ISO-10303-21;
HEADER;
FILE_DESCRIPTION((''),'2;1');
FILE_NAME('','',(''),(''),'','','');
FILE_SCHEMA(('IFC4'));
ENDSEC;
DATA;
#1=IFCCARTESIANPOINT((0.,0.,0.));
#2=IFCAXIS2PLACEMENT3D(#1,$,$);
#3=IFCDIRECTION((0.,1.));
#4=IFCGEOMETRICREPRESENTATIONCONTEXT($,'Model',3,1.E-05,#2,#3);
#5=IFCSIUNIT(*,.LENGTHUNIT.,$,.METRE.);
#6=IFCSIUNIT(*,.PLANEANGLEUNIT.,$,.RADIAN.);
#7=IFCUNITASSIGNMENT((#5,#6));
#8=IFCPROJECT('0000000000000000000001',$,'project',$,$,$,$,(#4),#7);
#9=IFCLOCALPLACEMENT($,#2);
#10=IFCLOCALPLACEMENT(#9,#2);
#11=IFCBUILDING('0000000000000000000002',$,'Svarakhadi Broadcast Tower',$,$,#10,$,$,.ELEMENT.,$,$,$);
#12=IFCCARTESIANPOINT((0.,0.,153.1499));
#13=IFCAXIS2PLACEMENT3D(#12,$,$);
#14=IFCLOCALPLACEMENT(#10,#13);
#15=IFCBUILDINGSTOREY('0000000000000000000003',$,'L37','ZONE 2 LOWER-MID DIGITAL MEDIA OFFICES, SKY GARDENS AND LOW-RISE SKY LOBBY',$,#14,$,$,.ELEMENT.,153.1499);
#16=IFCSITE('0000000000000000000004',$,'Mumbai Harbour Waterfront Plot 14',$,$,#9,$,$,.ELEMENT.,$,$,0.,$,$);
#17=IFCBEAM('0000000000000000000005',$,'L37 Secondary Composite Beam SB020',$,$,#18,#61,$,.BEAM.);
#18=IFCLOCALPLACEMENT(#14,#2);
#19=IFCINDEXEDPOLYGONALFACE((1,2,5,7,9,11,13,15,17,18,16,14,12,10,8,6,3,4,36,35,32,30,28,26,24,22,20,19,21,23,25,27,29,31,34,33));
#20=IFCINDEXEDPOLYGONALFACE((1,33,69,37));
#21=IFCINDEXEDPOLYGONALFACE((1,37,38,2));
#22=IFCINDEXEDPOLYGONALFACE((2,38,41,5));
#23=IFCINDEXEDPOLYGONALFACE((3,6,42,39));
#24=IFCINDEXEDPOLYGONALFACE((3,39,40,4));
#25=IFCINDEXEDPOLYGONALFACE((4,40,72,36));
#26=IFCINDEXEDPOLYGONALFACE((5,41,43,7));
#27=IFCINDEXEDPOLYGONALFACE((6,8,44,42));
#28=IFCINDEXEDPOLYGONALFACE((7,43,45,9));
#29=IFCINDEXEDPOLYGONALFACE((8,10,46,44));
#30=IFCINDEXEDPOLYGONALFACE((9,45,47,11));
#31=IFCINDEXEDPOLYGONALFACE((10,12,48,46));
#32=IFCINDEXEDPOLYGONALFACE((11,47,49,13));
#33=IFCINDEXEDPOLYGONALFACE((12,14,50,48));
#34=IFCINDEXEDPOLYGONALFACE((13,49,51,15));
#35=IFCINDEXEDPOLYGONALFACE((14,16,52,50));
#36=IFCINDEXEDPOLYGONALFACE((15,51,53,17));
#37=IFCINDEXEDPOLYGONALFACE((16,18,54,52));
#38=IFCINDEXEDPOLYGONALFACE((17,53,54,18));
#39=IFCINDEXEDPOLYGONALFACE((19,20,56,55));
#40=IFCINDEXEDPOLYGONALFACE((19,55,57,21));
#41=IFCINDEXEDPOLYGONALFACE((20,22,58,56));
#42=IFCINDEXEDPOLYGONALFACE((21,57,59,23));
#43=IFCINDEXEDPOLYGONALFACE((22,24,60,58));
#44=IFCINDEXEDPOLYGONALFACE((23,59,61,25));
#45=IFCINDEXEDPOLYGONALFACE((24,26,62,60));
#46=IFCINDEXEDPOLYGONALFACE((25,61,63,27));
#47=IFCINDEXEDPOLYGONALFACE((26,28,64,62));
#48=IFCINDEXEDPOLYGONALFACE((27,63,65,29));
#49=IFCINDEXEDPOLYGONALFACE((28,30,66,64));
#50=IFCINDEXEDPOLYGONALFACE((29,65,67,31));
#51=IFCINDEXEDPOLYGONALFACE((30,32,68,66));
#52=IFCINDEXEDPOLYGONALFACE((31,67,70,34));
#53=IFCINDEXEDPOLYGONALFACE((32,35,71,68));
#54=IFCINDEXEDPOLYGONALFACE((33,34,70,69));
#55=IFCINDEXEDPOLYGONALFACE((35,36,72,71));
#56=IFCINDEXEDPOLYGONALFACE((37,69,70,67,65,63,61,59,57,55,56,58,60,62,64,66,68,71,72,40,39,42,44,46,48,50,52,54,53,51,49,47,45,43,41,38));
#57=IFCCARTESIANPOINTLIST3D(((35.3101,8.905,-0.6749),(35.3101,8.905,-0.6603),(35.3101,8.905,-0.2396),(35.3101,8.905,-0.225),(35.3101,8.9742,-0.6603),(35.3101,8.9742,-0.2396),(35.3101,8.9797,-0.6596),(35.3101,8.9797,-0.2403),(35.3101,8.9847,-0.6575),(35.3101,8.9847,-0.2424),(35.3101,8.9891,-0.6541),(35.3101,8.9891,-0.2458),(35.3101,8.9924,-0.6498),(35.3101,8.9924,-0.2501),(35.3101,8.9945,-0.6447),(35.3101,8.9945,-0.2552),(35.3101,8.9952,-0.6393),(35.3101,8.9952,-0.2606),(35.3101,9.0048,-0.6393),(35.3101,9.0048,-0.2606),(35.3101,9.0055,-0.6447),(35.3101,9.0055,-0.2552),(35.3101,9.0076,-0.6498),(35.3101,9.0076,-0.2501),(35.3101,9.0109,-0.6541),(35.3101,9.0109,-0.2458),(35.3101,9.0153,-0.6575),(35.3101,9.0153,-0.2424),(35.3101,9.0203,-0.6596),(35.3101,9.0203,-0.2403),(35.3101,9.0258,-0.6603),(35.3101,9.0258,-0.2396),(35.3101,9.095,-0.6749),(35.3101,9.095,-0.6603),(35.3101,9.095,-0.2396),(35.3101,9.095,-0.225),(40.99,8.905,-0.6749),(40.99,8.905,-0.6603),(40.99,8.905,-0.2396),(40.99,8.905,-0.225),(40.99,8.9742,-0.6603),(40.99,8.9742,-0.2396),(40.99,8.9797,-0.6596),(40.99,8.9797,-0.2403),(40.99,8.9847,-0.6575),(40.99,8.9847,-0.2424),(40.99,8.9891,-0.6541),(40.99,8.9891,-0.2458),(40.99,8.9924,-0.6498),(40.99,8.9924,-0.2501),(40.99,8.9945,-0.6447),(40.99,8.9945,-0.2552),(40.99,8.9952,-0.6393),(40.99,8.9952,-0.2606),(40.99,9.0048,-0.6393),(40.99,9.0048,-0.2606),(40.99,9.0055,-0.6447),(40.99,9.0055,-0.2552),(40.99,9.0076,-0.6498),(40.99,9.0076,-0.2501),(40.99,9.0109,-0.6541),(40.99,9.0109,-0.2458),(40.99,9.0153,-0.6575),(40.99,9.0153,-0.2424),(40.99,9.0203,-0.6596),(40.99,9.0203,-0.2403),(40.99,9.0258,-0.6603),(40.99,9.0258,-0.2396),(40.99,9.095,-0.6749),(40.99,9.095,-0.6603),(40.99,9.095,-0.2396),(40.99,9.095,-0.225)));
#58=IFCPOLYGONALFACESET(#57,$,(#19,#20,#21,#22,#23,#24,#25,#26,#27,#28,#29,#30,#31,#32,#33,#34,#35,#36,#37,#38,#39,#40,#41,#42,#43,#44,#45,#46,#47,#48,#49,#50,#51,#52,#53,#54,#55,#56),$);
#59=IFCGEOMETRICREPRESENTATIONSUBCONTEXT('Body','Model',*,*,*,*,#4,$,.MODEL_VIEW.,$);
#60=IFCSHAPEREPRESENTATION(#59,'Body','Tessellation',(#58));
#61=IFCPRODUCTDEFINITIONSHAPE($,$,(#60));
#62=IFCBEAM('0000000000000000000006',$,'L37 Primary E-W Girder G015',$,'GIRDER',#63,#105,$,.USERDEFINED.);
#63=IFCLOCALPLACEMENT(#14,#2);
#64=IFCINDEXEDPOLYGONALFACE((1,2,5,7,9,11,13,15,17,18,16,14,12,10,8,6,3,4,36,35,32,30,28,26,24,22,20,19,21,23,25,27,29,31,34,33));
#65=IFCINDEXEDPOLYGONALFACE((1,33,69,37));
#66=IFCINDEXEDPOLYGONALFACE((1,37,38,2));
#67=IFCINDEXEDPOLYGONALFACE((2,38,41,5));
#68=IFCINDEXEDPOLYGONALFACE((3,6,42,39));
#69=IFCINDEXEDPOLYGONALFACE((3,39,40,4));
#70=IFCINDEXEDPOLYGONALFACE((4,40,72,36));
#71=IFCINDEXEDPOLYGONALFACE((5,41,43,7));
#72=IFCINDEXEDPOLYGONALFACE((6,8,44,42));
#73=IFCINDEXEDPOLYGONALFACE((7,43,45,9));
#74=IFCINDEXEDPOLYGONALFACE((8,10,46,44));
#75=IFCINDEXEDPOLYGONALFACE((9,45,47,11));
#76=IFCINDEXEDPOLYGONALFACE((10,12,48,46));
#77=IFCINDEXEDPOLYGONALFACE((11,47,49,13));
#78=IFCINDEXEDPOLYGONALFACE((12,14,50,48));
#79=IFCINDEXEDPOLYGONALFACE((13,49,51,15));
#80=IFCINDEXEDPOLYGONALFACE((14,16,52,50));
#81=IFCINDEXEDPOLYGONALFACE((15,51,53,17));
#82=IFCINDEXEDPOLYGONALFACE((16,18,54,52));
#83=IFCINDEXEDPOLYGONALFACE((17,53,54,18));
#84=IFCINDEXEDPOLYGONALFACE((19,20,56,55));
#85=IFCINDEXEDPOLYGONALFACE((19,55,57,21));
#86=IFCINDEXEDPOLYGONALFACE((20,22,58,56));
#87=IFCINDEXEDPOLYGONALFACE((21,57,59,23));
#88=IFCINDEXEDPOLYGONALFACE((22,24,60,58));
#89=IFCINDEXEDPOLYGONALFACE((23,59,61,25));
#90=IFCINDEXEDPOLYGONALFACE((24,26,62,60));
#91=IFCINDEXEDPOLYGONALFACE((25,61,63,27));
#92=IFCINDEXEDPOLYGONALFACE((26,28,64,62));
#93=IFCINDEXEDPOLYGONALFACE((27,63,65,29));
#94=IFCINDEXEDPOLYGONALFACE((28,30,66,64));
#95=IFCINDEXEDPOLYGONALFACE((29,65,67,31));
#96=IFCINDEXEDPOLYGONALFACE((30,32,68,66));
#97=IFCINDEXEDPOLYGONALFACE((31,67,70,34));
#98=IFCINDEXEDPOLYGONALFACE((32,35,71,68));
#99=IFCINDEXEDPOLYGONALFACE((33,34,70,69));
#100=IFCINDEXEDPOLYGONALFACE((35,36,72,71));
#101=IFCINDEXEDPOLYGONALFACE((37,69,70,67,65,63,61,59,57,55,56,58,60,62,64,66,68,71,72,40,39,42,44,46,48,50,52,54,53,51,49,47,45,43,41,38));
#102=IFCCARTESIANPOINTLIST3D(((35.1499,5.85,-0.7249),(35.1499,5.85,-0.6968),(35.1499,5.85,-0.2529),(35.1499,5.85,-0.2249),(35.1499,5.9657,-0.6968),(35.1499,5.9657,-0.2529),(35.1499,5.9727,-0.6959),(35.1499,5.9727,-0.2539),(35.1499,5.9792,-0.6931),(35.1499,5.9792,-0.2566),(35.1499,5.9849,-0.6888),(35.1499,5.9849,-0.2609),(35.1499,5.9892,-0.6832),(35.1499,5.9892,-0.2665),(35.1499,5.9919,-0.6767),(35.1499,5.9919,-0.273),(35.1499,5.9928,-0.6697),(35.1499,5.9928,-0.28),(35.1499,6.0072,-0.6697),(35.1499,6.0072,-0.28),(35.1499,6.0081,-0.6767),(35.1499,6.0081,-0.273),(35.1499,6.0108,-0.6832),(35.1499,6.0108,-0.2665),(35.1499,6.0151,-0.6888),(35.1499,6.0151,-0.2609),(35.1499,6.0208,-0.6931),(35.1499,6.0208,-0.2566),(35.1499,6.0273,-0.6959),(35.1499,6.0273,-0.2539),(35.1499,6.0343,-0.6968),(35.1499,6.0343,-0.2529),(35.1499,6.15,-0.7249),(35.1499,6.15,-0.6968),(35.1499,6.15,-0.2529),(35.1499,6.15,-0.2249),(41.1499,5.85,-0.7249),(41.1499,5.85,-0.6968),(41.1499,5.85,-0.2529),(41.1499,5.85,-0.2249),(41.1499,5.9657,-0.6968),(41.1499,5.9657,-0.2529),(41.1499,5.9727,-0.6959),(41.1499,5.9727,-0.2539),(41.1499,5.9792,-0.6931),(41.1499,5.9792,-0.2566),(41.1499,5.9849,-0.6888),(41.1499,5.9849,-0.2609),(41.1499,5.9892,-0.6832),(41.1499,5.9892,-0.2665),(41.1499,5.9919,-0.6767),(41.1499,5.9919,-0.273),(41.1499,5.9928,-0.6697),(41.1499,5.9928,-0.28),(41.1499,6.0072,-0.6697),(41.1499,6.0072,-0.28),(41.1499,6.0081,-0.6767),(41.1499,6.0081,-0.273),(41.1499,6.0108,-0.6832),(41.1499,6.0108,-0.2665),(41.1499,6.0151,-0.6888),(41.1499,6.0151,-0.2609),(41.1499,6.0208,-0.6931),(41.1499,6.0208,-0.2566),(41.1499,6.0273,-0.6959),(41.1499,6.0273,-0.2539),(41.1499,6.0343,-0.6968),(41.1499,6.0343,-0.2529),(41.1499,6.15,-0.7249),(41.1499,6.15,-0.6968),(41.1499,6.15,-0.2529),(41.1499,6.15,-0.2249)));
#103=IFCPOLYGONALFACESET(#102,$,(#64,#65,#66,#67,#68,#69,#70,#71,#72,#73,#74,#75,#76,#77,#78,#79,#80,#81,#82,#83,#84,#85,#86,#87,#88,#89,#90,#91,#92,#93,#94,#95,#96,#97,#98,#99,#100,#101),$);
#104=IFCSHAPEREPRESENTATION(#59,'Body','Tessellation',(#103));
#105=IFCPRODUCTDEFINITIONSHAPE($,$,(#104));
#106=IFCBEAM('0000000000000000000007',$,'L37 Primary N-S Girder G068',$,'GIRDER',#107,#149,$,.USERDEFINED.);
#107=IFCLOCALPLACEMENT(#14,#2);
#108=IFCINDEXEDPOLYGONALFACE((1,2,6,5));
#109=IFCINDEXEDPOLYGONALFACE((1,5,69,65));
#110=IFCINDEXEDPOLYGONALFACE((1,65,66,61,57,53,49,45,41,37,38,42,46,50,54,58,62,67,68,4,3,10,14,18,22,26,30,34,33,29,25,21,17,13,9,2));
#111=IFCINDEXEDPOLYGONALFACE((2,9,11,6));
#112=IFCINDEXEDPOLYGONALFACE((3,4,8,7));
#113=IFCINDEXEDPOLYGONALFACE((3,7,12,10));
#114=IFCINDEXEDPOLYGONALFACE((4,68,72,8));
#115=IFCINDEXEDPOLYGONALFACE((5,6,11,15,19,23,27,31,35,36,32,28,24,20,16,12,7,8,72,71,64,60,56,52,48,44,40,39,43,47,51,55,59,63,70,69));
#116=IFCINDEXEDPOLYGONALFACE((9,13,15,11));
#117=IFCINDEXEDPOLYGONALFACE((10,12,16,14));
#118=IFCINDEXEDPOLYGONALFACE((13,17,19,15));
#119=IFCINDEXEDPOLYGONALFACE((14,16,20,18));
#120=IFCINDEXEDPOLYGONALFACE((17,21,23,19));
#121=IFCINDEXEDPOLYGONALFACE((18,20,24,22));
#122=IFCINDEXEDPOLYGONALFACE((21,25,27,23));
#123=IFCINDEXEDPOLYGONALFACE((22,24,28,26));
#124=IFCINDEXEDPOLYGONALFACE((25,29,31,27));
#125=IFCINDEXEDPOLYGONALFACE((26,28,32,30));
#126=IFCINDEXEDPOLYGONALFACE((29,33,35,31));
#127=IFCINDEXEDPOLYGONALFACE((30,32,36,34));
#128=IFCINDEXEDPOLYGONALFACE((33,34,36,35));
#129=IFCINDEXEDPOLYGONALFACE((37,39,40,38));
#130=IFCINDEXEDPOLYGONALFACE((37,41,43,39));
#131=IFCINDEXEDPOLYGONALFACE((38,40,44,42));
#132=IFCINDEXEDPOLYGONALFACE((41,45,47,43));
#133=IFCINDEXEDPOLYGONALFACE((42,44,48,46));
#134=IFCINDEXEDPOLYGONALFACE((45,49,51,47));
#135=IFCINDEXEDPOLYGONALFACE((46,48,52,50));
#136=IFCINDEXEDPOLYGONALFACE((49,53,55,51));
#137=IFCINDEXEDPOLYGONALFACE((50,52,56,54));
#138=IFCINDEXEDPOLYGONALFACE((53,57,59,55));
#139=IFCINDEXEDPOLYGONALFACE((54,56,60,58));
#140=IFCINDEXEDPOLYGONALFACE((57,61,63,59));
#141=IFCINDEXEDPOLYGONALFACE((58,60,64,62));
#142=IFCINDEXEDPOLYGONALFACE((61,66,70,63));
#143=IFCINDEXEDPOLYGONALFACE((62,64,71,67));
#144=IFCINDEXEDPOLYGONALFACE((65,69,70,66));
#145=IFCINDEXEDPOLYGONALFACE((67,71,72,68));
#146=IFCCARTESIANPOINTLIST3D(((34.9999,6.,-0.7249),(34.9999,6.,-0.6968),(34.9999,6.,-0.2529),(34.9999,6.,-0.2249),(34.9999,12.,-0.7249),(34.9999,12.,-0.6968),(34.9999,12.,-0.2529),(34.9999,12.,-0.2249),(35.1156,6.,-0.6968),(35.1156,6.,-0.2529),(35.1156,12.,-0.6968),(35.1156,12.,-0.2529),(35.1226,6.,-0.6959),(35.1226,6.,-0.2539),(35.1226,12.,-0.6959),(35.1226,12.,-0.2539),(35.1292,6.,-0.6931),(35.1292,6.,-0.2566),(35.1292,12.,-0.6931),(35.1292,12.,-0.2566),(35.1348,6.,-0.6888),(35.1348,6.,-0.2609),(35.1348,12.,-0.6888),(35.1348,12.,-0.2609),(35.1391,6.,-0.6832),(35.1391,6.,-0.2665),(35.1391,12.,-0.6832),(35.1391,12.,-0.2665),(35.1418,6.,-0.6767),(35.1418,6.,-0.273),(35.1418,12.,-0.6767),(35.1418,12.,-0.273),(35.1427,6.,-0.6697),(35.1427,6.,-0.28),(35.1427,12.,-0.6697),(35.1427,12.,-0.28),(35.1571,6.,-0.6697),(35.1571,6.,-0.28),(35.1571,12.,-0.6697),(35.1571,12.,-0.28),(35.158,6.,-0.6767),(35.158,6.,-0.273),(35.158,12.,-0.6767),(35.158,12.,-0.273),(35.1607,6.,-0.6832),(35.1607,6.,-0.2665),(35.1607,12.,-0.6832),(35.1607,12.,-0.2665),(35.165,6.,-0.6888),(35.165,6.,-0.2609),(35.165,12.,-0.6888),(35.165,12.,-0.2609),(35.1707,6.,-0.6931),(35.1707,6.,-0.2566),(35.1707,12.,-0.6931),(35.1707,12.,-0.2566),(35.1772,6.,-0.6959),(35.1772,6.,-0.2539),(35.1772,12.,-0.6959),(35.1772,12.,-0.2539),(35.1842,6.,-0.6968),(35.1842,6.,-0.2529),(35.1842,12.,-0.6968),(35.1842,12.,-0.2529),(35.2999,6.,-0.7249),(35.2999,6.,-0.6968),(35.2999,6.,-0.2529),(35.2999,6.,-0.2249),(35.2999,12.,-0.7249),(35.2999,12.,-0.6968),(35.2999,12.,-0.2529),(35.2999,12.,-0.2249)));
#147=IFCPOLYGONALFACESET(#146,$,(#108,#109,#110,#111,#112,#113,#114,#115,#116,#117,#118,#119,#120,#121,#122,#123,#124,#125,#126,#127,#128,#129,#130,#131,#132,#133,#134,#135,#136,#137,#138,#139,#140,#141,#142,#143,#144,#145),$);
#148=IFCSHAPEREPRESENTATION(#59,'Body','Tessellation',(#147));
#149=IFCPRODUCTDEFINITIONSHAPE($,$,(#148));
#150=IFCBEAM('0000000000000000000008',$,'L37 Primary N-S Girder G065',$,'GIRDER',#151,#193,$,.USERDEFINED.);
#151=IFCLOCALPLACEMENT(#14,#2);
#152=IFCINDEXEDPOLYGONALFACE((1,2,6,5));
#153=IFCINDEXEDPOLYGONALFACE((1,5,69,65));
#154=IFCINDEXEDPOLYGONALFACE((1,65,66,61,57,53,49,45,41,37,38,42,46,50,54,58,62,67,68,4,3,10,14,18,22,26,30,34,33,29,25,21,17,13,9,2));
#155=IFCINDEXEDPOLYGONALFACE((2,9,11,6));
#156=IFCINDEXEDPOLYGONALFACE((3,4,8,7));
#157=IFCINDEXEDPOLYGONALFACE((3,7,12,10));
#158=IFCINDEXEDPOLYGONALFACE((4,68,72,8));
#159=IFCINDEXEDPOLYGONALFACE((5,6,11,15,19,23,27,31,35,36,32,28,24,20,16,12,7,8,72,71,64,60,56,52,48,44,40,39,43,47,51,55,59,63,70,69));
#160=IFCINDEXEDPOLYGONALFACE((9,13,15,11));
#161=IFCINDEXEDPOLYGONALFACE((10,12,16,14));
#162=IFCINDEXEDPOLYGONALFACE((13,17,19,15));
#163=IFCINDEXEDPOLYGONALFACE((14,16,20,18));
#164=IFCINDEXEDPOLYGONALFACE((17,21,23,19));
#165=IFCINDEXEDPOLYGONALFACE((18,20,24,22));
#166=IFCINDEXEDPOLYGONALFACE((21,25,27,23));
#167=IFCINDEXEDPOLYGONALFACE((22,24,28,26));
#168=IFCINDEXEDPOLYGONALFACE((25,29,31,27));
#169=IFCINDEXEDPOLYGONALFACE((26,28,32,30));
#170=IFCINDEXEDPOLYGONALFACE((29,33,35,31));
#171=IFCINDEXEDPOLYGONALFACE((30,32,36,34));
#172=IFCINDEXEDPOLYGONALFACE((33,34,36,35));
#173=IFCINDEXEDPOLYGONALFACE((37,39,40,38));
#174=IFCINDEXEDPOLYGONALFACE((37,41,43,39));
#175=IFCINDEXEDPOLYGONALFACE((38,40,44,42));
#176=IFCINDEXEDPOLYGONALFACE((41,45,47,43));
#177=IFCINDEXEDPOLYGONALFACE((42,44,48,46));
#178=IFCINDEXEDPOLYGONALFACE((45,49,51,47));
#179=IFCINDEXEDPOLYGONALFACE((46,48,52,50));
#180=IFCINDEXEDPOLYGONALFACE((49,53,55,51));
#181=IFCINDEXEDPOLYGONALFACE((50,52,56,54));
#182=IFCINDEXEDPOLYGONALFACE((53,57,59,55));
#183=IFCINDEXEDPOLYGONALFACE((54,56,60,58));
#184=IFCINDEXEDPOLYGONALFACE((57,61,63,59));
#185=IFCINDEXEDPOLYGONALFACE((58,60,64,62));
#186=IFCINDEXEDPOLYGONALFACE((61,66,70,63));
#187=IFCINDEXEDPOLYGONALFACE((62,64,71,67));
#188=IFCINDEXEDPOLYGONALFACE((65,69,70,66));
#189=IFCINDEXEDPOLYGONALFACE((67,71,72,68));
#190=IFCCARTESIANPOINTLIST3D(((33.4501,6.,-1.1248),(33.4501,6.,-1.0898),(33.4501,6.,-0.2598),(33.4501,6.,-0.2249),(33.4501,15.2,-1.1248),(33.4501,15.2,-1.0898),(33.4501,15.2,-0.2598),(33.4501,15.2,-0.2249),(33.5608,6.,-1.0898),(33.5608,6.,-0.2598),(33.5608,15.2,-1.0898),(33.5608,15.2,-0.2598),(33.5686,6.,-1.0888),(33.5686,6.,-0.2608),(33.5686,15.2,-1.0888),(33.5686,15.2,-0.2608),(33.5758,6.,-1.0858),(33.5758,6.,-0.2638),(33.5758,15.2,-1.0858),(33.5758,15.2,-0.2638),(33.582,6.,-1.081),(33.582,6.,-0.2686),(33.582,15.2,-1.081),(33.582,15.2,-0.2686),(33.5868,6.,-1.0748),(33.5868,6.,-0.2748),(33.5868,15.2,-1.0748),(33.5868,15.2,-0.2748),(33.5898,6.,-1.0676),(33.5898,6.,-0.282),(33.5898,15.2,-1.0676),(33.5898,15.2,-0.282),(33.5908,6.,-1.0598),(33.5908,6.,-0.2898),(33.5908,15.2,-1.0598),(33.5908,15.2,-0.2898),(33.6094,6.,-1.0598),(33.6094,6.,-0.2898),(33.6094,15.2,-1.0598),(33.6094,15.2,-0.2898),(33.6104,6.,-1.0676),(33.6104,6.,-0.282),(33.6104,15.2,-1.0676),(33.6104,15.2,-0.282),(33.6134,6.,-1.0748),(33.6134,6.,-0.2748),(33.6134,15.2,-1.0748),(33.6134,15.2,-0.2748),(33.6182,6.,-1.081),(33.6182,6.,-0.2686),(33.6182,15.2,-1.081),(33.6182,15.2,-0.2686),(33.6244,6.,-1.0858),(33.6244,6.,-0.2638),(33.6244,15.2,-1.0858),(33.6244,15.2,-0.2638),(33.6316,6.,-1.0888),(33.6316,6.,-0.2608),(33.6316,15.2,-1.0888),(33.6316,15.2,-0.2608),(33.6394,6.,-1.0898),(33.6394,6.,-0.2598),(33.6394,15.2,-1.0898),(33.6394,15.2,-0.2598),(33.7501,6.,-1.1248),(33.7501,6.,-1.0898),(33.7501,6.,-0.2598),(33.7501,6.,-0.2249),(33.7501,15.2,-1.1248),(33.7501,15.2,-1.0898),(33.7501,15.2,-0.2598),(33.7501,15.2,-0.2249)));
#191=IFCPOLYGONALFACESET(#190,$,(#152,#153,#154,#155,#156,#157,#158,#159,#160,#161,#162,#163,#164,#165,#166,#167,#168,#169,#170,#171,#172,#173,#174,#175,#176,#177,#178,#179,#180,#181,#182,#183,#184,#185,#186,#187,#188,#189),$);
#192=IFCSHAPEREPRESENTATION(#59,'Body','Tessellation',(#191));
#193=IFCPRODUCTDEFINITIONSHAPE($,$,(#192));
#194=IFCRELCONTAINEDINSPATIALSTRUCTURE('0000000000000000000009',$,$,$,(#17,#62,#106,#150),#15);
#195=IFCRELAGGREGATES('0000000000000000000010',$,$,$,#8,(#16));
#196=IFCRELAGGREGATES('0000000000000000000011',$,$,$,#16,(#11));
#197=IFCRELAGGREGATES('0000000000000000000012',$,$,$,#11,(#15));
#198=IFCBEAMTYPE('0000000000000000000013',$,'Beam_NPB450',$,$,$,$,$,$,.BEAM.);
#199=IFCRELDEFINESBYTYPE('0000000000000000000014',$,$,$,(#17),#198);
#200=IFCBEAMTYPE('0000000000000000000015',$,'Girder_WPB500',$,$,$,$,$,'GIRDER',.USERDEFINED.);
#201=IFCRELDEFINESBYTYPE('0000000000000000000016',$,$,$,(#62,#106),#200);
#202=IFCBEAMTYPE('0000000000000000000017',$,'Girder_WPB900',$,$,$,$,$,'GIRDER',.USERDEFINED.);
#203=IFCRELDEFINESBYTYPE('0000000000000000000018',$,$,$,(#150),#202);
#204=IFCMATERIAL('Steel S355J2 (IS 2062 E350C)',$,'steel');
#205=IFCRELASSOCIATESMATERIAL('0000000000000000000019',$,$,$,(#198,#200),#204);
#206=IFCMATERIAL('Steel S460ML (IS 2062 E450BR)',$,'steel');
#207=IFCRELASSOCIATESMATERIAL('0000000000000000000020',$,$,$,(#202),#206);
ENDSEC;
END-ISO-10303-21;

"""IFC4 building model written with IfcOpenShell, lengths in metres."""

from ifc_helpers import new_model, si_unit, direction, frame, origin, origin_2d, place, context, subcontext, project, spatial, i_section, extrude, material, material_profile, profile_set, type_object, element, save


model = new_model("IFC4")

# Units and contexts
model_context = context("Model", 3, precision=1e-05, world=origin(), true_north=direction((0.0, 1.0)))
body_context = subcontext(model_context, "Body", "Model", "MODEL_VIEW")
ifc_project = project(units=[si_unit("LENGTHUNIT", "METRE"), si_unit("PLANEANGLEUNIT", "RADIAN")], contexts=[model_context])

# Site, building, storey
site_placement = place(None, origin())
site = spatial("IfcSite", under=ifc_project, at=site_placement, Name="Mumbai Harbour Waterfront Plot 14", CompositionType="ELEMENT", RefElevation=0.0)
building_placement = place(site_placement, origin())
building = spatial("IfcBuilding", under=site, at=building_placement, Name="Svarakhadi Broadcast Tower", CompositionType="ELEMENT")
storey_placement = place(building_placement, frame((0.0, 0.0, 153.1499)))
storey = spatial("IfcBuildingStorey", under=building, at=storey_placement, Name="L37", Description="ZONE 2 LOWER-MID DIGITAL MEDIA OFFICES, SKY GARDENS AND LOW-RISE SKY LOBBY", CompositionType="ELEMENT", Elevation=153.1499)

# Shared definitions
ifc_material_1 = material(Name="Steel S460ML (IS 2062 E450BR)", Category="steel")

# Beams
ifc_material_2 = material(Name="Steel S355J2 (IS 2062 E350C)", Category="steel")
ifc_material_profile_1 = material_profile(ifc_material_2, i_section(OverallWidth=0.1899, OverallDepth=0.45, WebThickness=0.0095, FlangeThickness=0.0146, FilletRadius=0.021, at=origin_2d()), Name="NPB 450x190x78")
ifc_profile_set_1 = profile_set([ifc_material_profile_1], Name="Steel S355J2 (IS 2062 E350C)")
beam_type_1 = type_object("IfcBeamType", Name="Beam_NPB450", PredefinedType="BEAM", material=ifc_profile_set_1)
beam_1_placement = place(storey_placement, frame((35.3101, 9.0, -0.45), z_axis=(1.0, 0.0, 0.0), x_axis=(0.0, 1.0, 0.0)))
element("IfcBeam", 1, at=beam_1_placement, inside=storey, type_object=beam_type_1, Name="L37 Secondary Composite Beam SB020", PredefinedType="BEAM", context=body_context, shape_type="SweptSolid", body=[
    extrude(i_section(OverallWidth=0.1899, OverallDepth=0.45, WebThickness=0.0095, FlangeThickness=0.0146, FilletRadius=0.021, at=origin_2d()), origin(), (0.0, 0.0, 1.0), 5.6799),
])
ifc_material_profile_2 = material_profile(ifc_material_2, i_section(OverallWidth=0.3, OverallDepth=0.5, WebThickness=0.0144, FlangeThickness=0.0281, FilletRadius=0.0271, at=origin_2d()), Name="WPB 500x300x187")
ifc_profile_set_2 = profile_set([ifc_material_profile_2], Name="Steel S355J2 (IS 2062 E350C)")
beam_type_2 = type_object("IfcBeamType", Name="Girder_WPB500", ElementType="GIRDER", PredefinedType="USERDEFINED", material=ifc_profile_set_2)
for number, where, z_axis, x_axis, name in (
    (2, (35.1499, 6.0, -0.4749), (1.0, 0.0, 0.0), (0.0, 1.0, 0.0), "L37 Primary E-W Girder G015"),
    (3, (35.1499, 6.0, -0.4749), (0.0, 1.0, 0.0), (-1.0, 0.0, 0.0), "L37 Primary N-S Girder G068"),
):
    element("IfcBeam", number, at=place(storey_placement, frame(where, z_axis=z_axis, x_axis=x_axis)), inside=storey, type_object=beam_type_2, Name=name, ObjectType="GIRDER", PredefinedType="USERDEFINED", context=body_context, shape_type="SweptSolid", body=[
        extrude(i_section(OverallWidth=0.3, OverallDepth=0.5, WebThickness=0.0144, FlangeThickness=0.0281, FilletRadius=0.0271, at=origin_2d()), origin(), (0.0, 0.0, 1.0), 6.0),
    ])
ifc_material_profile_3 = material_profile(ifc_material_1, i_section(OverallWidth=0.3, OverallDepth=0.8999, WebThickness=0.0186, FlangeThickness=0.0349, FilletRadius=0.03, at=origin_2d()), Name="WPB 900x300x291")
ifc_profile_set_3 = profile_set([ifc_material_profile_3], Name="Steel S460ML (IS 2062 E450BR)")
beam_type_3 = type_object("IfcBeamType", Name="Girder_WPB900", ElementType="GIRDER", PredefinedType="USERDEFINED", material=ifc_profile_set_3)
beam_2_placement = place(storey_placement, frame((33.6001, 6.0, -0.6748), z_axis=(0.0, 1.0, 0.0), x_axis=(-1.0, 0.0, 0.0)))
element("IfcBeam", 4, at=beam_2_placement, inside=storey, type_object=beam_type_3, Name="L37 Primary N-S Girder G065", ObjectType="GIRDER", PredefinedType="USERDEFINED", context=body_context, shape_type="SweptSolid", body=[
    extrude(i_section(OverallWidth=0.3, OverallDepth=0.8999, WebThickness=0.0186, FlangeThickness=0.0349, FilletRadius=0.03, at=origin_2d()), origin(), (0.0, 0.0, 1.0), 9.2),
])

save(model, "model.ifc")
